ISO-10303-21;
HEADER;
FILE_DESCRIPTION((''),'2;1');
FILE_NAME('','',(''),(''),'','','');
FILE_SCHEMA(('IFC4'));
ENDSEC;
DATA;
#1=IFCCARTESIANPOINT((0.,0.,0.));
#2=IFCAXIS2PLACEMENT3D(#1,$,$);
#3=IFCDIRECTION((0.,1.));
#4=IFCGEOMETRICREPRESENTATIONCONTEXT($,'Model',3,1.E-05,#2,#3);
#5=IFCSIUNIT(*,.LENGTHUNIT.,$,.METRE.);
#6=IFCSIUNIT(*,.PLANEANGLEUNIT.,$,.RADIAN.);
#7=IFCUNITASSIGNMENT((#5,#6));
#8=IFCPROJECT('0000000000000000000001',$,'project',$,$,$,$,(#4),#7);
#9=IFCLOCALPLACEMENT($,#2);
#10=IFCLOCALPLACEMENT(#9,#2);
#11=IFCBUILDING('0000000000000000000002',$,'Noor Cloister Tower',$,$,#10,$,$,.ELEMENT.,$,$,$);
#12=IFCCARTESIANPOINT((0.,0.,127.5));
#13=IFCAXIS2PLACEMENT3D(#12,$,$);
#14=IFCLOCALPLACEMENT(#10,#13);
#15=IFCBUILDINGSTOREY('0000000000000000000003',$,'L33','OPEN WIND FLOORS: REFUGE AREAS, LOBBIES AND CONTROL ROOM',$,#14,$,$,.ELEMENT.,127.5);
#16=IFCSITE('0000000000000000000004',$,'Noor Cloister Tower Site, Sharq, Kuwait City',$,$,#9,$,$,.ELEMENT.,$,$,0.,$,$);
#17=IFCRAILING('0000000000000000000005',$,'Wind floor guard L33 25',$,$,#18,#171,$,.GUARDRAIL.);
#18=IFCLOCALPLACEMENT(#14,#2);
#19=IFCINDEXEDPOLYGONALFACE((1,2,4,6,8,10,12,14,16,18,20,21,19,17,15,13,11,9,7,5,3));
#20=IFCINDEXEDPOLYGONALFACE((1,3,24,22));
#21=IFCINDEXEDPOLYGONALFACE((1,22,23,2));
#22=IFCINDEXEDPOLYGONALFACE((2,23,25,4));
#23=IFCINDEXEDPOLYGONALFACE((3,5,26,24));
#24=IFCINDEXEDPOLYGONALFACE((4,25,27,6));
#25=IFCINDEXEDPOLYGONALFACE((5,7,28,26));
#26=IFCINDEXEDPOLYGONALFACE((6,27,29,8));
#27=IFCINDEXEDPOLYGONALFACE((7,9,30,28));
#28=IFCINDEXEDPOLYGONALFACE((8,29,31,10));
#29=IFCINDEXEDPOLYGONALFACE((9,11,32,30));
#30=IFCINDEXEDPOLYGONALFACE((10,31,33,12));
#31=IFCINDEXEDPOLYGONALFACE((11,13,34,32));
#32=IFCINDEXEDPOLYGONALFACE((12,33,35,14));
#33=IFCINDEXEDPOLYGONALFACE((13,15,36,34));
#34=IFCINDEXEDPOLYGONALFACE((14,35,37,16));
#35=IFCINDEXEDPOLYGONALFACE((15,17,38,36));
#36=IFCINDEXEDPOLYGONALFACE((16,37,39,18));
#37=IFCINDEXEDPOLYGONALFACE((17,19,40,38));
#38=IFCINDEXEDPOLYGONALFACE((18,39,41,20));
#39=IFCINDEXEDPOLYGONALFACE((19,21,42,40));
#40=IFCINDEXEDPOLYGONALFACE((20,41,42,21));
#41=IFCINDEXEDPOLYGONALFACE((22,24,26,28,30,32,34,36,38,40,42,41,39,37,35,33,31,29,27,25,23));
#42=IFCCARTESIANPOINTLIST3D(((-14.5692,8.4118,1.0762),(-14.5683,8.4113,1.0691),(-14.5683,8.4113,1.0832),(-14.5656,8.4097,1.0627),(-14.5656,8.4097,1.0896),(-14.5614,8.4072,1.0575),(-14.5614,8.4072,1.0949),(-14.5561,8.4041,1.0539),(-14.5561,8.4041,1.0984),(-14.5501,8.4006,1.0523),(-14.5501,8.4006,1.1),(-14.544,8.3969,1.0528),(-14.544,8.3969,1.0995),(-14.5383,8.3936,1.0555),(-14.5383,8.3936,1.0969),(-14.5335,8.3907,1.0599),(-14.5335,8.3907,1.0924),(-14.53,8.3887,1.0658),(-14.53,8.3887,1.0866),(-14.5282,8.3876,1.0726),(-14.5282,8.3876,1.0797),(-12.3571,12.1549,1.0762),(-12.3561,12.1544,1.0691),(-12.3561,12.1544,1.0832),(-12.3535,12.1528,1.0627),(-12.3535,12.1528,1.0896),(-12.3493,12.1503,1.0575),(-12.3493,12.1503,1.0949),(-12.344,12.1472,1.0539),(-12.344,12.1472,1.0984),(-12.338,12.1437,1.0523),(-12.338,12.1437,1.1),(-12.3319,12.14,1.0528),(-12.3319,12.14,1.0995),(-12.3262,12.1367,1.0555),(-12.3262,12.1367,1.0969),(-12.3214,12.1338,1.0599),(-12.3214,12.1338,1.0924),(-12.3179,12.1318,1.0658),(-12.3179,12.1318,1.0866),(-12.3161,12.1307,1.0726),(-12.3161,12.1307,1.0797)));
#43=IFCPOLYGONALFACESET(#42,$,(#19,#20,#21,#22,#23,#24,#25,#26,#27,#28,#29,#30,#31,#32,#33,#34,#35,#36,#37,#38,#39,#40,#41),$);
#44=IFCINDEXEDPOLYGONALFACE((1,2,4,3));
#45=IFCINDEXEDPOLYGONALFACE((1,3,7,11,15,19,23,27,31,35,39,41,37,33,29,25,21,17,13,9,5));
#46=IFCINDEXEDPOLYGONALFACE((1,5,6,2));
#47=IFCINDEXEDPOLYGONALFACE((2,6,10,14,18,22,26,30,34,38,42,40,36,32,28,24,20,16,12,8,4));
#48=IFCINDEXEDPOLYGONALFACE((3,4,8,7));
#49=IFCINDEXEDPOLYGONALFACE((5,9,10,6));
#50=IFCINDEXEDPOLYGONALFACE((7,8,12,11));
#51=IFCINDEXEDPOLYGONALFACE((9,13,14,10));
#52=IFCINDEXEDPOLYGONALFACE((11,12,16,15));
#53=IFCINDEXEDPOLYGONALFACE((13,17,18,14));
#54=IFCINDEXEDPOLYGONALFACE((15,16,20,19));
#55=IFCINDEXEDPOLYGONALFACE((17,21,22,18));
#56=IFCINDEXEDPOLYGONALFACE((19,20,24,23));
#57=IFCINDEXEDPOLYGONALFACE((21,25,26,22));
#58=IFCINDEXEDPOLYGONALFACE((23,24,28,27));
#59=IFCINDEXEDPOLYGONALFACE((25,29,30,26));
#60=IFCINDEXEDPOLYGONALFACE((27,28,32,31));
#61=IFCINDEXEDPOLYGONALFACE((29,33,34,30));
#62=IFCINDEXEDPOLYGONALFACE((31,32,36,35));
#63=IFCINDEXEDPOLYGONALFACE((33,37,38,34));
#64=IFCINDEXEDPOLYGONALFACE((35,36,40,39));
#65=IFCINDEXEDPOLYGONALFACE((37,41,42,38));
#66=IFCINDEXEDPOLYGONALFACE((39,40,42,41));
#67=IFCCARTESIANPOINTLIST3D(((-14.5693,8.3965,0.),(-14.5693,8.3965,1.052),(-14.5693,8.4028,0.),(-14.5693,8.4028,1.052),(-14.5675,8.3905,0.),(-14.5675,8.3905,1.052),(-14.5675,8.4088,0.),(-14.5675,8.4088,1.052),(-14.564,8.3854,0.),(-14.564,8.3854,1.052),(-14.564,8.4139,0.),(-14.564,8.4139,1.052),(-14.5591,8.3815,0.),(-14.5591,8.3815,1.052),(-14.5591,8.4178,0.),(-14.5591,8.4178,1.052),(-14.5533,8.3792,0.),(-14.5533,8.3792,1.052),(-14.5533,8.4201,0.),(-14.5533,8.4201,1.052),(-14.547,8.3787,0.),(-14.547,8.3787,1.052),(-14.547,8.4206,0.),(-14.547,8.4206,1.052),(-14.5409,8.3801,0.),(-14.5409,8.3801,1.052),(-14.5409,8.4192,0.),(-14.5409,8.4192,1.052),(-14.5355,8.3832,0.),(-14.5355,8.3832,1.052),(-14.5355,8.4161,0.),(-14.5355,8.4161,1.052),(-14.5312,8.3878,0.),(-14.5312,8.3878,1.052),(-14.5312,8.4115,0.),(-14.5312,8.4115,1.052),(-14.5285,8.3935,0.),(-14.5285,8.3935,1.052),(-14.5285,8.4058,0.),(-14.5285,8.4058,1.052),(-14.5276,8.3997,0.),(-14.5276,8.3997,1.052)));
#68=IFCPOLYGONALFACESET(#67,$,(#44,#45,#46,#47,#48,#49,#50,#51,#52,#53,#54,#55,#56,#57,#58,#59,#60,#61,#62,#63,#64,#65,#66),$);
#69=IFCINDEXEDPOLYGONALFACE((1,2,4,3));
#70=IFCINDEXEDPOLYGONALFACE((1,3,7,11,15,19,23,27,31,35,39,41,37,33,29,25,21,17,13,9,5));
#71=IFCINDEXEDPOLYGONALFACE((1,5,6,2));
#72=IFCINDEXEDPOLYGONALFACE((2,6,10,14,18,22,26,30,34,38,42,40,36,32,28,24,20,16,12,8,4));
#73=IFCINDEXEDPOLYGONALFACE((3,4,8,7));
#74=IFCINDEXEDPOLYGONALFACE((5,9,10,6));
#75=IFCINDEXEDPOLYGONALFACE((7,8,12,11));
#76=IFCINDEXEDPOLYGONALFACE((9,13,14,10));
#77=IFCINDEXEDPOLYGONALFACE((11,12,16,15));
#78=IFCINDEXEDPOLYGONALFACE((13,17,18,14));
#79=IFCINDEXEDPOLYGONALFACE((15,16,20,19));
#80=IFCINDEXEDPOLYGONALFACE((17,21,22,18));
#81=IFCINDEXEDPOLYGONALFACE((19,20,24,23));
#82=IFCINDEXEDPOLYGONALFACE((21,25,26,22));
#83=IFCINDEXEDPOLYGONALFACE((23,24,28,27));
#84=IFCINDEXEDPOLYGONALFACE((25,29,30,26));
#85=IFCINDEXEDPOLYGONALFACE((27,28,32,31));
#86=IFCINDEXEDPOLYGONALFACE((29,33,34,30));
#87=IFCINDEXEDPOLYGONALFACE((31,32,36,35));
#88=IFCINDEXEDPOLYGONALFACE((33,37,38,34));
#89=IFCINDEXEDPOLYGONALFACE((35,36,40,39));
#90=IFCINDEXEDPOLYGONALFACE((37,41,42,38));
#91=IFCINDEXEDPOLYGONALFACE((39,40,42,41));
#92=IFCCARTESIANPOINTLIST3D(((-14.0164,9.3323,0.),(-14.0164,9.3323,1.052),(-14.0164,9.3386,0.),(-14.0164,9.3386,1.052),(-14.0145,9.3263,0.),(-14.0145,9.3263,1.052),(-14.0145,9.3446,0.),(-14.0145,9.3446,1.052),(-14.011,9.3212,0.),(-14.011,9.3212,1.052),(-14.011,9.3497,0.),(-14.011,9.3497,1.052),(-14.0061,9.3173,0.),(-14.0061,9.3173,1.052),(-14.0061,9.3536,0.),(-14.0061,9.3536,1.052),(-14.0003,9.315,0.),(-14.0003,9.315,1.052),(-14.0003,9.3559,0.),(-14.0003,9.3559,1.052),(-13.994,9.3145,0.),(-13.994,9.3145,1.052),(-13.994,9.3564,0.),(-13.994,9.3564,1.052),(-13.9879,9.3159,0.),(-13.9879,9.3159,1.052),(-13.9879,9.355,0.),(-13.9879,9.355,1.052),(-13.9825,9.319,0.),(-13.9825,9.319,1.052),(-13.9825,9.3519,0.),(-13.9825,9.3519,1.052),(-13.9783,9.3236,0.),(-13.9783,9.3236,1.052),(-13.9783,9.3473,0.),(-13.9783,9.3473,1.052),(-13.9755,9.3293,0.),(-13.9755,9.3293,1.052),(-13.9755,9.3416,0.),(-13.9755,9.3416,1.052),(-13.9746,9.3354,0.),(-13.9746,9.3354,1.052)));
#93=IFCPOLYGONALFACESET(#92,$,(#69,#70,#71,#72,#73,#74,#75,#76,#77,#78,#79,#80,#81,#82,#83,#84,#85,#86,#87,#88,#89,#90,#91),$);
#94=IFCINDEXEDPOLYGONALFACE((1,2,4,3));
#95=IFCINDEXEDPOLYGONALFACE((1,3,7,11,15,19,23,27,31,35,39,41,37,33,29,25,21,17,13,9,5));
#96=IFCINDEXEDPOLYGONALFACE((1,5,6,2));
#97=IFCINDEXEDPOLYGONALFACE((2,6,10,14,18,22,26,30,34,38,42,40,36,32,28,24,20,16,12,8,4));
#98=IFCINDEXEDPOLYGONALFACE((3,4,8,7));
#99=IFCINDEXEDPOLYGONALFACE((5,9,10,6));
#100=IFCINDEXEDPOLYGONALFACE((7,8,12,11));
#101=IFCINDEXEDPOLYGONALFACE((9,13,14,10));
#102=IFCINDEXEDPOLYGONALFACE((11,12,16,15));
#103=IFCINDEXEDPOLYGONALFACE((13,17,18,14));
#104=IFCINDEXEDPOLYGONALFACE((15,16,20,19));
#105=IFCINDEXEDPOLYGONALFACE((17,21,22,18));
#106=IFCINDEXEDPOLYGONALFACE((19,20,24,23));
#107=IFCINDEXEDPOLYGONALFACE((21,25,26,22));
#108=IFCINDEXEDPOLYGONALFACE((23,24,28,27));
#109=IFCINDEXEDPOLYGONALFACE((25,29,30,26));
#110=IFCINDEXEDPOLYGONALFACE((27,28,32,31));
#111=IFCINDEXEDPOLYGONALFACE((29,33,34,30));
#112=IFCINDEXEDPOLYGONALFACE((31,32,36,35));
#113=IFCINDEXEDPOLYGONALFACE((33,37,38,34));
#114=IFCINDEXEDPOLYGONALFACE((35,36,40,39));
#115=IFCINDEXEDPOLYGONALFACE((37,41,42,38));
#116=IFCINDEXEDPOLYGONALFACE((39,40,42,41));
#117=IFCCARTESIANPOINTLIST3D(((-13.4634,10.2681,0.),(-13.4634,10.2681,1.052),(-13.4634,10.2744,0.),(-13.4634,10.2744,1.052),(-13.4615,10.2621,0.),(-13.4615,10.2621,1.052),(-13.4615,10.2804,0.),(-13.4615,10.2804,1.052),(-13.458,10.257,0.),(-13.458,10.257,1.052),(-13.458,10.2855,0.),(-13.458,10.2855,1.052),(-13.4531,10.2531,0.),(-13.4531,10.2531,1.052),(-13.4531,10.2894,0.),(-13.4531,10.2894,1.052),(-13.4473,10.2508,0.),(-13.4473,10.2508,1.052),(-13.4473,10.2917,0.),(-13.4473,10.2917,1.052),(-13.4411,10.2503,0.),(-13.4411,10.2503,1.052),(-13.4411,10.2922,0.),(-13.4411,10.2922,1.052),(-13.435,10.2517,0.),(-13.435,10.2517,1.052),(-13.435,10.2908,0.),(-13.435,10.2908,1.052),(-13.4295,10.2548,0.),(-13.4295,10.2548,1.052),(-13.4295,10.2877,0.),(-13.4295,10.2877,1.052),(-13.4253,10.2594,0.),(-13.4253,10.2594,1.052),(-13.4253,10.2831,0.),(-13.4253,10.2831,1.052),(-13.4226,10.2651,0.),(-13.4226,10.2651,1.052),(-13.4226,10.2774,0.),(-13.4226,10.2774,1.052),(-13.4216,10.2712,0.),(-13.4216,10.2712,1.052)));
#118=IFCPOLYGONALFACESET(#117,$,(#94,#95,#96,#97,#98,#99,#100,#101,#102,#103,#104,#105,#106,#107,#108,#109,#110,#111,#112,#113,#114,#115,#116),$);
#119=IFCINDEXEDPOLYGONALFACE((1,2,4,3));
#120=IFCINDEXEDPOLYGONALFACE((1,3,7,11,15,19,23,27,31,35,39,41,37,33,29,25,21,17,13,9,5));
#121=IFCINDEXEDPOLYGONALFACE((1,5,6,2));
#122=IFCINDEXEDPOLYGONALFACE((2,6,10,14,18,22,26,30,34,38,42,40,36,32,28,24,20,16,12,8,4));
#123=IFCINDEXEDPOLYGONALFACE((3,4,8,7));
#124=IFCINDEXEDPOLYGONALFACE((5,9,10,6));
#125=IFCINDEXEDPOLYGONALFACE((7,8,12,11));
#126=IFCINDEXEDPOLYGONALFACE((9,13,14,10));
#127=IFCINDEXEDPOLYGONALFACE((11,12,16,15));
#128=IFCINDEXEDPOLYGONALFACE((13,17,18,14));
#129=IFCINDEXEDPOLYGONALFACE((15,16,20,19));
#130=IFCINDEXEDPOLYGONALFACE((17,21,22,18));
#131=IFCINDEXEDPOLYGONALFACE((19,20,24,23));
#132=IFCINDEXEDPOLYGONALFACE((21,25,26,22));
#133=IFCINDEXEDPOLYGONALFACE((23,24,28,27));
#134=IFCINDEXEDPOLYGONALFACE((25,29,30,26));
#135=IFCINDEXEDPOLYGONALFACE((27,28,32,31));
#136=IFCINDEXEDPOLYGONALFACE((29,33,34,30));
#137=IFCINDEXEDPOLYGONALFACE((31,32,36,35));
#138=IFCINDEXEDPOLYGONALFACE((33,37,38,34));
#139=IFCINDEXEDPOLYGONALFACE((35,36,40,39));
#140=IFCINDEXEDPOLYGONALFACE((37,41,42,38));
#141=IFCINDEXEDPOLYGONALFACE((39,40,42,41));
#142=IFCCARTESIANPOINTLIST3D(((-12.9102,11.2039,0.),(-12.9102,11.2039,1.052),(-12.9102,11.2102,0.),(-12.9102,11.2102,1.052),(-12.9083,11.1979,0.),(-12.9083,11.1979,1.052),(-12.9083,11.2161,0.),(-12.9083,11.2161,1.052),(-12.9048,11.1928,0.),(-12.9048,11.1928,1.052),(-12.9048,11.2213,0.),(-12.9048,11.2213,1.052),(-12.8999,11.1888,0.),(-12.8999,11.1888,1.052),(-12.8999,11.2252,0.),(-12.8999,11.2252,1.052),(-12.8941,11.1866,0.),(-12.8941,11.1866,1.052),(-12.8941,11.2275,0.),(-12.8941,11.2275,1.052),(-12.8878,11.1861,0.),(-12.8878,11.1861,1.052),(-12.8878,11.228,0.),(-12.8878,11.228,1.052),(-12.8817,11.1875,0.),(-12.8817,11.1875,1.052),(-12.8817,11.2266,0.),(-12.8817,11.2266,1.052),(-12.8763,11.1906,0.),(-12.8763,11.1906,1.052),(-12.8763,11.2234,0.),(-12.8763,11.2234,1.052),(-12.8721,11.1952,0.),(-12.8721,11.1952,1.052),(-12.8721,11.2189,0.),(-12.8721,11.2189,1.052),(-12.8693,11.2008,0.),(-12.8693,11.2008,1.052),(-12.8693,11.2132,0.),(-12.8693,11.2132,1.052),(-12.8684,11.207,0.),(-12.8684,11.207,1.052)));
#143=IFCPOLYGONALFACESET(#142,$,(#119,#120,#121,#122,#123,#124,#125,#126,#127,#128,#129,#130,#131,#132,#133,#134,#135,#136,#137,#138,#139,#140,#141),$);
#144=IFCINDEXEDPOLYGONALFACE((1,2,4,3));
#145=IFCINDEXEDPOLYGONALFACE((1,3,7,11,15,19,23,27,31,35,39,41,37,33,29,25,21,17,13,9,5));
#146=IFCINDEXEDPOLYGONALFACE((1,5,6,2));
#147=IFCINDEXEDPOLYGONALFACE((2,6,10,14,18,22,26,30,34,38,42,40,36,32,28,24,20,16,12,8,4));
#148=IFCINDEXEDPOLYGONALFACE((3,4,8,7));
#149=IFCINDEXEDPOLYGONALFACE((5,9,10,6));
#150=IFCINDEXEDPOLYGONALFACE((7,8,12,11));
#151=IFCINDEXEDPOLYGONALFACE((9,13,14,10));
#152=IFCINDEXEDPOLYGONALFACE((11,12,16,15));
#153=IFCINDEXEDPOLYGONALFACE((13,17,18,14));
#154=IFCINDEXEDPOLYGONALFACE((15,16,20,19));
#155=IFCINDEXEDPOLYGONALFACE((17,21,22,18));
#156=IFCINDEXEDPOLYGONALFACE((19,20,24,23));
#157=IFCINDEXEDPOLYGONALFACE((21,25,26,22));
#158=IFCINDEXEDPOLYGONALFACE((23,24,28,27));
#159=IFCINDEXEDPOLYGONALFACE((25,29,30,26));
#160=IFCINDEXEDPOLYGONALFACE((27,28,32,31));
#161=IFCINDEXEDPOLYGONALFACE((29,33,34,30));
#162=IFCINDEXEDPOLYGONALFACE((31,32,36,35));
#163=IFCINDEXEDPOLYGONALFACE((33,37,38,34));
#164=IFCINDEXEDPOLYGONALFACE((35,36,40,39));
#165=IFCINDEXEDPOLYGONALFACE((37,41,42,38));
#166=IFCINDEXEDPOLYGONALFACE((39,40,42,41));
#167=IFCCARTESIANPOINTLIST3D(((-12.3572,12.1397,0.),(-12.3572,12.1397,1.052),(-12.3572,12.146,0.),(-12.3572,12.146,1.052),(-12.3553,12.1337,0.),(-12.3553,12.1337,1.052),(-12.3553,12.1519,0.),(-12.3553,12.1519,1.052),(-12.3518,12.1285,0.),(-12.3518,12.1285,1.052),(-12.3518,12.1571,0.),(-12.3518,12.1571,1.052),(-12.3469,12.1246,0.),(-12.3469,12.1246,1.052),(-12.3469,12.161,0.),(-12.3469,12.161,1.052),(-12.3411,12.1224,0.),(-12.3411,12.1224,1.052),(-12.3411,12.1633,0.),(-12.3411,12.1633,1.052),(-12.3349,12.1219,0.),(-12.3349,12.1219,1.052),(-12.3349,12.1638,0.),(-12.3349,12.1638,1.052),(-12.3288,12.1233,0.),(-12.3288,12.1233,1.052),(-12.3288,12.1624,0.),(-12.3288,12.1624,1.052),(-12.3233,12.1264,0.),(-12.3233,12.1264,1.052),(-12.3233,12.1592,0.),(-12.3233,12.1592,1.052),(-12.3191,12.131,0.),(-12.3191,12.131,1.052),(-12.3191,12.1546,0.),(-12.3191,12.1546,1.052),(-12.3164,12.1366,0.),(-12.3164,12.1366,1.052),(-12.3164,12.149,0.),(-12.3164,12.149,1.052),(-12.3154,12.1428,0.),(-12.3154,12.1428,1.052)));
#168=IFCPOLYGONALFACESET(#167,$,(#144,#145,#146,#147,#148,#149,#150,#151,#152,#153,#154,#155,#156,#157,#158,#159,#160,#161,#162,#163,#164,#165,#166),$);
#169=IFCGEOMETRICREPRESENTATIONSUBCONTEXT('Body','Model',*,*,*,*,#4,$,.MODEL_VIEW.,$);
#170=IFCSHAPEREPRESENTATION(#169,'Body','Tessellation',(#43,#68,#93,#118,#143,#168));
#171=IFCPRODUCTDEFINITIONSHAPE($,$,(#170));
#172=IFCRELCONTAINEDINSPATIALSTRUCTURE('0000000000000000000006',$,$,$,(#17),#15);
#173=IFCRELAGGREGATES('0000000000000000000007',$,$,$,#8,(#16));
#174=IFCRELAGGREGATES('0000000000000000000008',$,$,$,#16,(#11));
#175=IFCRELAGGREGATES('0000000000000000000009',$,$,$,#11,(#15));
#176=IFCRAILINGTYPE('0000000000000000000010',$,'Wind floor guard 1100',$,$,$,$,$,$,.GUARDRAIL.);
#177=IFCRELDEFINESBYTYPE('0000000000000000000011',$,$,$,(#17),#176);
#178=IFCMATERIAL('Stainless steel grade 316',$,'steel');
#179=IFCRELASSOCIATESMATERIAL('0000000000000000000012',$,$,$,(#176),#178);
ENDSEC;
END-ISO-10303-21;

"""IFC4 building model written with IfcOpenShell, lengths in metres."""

from ifc_helpers import new_model, si_unit, direction, frame, origin, origin_2d, place, context, subcontext, project, spatial, circle, extrude, material, type_object, element, save


model = new_model("IFC4")

# Units and contexts
model_context = context("Model", 3, precision=1e-05, world=origin(), true_north=direction((0.0, 1.0)))
body_context = subcontext(model_context, "Body", "Model", "MODEL_VIEW")
ifc_project = project(units=[si_unit("LENGTHUNIT", "METRE"), si_unit("PLANEANGLEUNIT", "RADIAN")], contexts=[model_context])

# Site, building, storey
site_placement = place(None, origin())
site = spatial("IfcSite", under=ifc_project, at=site_placement, Name="Noor Cloister Tower Site, Sharq, Kuwait City", CompositionType="ELEMENT", RefElevation=0.0)
building_placement = place(site_placement, origin())
building = spatial("IfcBuilding", under=site, at=building_placement, Name="Noor Cloister Tower", CompositionType="ELEMENT")
storey_placement = place(building_placement, frame((0.0, 0.0, 127.5)))
storey = spatial("IfcBuildingStorey", under=building, at=storey_placement, Name="L33", Description="OPEN WIND FLOORS: REFUGE AREAS, LOBBIES AND CONTROL ROOM", CompositionType="ELEMENT", Elevation=127.5)

# Railing
ifc_material_1 = material(Name="Stainless steel grade 316", Category="steel")
railing_type = type_object("IfcRailingType", Name="Wind floor guard 1100", PredefinedType="GUARDRAIL", material=ifc_material_1)
railing_1_placement = place(storey_placement, frame((-14.5486, 8.3997, 0.0)))
element("IfcRailing", 1, at=railing_1_placement, inside=storey, type_object=railing_type, Name="Wind floor guard L33 25", PredefinedType="GUARDRAIL", context=body_context, shape_type="SweptSolid", body=[
    extrude(circle(Radius=0.0239, at=origin_2d()), frame((0.0, 0.0, 1.0762), z_axis=(0.508778, 0.860897, 0.0), x_axis=(-0.860897, 0.508778, 0.0)), (0.0, 0.0, 1.0), 4.3479),
    extrude(circle(Radius=0.021, at=origin_2d()), origin(), (0.0, 0.0, 1.0), 1.052),
    extrude(circle(Radius=0.021, at=origin_2d()), frame((0.553, 0.9358, 0.0)), (0.0, 0.0, 1.0), 1.052),
    extrude(circle(Radius=0.021, at=origin_2d()), frame((1.106, 1.8716, 0.0)), (0.0, 0.0, 1.0), 1.052),
    extrude(circle(Radius=0.021, at=origin_2d()), frame((1.6592, 2.8074, 0.0)), (0.0, 0.0, 1.0), 1.052),
    extrude(circle(Radius=0.021, at=origin_2d()), frame((2.2122, 3.7432, 0.0)), (0.0, 0.0, 1.0), 1.052),
])

save(model, "model.ifc")
